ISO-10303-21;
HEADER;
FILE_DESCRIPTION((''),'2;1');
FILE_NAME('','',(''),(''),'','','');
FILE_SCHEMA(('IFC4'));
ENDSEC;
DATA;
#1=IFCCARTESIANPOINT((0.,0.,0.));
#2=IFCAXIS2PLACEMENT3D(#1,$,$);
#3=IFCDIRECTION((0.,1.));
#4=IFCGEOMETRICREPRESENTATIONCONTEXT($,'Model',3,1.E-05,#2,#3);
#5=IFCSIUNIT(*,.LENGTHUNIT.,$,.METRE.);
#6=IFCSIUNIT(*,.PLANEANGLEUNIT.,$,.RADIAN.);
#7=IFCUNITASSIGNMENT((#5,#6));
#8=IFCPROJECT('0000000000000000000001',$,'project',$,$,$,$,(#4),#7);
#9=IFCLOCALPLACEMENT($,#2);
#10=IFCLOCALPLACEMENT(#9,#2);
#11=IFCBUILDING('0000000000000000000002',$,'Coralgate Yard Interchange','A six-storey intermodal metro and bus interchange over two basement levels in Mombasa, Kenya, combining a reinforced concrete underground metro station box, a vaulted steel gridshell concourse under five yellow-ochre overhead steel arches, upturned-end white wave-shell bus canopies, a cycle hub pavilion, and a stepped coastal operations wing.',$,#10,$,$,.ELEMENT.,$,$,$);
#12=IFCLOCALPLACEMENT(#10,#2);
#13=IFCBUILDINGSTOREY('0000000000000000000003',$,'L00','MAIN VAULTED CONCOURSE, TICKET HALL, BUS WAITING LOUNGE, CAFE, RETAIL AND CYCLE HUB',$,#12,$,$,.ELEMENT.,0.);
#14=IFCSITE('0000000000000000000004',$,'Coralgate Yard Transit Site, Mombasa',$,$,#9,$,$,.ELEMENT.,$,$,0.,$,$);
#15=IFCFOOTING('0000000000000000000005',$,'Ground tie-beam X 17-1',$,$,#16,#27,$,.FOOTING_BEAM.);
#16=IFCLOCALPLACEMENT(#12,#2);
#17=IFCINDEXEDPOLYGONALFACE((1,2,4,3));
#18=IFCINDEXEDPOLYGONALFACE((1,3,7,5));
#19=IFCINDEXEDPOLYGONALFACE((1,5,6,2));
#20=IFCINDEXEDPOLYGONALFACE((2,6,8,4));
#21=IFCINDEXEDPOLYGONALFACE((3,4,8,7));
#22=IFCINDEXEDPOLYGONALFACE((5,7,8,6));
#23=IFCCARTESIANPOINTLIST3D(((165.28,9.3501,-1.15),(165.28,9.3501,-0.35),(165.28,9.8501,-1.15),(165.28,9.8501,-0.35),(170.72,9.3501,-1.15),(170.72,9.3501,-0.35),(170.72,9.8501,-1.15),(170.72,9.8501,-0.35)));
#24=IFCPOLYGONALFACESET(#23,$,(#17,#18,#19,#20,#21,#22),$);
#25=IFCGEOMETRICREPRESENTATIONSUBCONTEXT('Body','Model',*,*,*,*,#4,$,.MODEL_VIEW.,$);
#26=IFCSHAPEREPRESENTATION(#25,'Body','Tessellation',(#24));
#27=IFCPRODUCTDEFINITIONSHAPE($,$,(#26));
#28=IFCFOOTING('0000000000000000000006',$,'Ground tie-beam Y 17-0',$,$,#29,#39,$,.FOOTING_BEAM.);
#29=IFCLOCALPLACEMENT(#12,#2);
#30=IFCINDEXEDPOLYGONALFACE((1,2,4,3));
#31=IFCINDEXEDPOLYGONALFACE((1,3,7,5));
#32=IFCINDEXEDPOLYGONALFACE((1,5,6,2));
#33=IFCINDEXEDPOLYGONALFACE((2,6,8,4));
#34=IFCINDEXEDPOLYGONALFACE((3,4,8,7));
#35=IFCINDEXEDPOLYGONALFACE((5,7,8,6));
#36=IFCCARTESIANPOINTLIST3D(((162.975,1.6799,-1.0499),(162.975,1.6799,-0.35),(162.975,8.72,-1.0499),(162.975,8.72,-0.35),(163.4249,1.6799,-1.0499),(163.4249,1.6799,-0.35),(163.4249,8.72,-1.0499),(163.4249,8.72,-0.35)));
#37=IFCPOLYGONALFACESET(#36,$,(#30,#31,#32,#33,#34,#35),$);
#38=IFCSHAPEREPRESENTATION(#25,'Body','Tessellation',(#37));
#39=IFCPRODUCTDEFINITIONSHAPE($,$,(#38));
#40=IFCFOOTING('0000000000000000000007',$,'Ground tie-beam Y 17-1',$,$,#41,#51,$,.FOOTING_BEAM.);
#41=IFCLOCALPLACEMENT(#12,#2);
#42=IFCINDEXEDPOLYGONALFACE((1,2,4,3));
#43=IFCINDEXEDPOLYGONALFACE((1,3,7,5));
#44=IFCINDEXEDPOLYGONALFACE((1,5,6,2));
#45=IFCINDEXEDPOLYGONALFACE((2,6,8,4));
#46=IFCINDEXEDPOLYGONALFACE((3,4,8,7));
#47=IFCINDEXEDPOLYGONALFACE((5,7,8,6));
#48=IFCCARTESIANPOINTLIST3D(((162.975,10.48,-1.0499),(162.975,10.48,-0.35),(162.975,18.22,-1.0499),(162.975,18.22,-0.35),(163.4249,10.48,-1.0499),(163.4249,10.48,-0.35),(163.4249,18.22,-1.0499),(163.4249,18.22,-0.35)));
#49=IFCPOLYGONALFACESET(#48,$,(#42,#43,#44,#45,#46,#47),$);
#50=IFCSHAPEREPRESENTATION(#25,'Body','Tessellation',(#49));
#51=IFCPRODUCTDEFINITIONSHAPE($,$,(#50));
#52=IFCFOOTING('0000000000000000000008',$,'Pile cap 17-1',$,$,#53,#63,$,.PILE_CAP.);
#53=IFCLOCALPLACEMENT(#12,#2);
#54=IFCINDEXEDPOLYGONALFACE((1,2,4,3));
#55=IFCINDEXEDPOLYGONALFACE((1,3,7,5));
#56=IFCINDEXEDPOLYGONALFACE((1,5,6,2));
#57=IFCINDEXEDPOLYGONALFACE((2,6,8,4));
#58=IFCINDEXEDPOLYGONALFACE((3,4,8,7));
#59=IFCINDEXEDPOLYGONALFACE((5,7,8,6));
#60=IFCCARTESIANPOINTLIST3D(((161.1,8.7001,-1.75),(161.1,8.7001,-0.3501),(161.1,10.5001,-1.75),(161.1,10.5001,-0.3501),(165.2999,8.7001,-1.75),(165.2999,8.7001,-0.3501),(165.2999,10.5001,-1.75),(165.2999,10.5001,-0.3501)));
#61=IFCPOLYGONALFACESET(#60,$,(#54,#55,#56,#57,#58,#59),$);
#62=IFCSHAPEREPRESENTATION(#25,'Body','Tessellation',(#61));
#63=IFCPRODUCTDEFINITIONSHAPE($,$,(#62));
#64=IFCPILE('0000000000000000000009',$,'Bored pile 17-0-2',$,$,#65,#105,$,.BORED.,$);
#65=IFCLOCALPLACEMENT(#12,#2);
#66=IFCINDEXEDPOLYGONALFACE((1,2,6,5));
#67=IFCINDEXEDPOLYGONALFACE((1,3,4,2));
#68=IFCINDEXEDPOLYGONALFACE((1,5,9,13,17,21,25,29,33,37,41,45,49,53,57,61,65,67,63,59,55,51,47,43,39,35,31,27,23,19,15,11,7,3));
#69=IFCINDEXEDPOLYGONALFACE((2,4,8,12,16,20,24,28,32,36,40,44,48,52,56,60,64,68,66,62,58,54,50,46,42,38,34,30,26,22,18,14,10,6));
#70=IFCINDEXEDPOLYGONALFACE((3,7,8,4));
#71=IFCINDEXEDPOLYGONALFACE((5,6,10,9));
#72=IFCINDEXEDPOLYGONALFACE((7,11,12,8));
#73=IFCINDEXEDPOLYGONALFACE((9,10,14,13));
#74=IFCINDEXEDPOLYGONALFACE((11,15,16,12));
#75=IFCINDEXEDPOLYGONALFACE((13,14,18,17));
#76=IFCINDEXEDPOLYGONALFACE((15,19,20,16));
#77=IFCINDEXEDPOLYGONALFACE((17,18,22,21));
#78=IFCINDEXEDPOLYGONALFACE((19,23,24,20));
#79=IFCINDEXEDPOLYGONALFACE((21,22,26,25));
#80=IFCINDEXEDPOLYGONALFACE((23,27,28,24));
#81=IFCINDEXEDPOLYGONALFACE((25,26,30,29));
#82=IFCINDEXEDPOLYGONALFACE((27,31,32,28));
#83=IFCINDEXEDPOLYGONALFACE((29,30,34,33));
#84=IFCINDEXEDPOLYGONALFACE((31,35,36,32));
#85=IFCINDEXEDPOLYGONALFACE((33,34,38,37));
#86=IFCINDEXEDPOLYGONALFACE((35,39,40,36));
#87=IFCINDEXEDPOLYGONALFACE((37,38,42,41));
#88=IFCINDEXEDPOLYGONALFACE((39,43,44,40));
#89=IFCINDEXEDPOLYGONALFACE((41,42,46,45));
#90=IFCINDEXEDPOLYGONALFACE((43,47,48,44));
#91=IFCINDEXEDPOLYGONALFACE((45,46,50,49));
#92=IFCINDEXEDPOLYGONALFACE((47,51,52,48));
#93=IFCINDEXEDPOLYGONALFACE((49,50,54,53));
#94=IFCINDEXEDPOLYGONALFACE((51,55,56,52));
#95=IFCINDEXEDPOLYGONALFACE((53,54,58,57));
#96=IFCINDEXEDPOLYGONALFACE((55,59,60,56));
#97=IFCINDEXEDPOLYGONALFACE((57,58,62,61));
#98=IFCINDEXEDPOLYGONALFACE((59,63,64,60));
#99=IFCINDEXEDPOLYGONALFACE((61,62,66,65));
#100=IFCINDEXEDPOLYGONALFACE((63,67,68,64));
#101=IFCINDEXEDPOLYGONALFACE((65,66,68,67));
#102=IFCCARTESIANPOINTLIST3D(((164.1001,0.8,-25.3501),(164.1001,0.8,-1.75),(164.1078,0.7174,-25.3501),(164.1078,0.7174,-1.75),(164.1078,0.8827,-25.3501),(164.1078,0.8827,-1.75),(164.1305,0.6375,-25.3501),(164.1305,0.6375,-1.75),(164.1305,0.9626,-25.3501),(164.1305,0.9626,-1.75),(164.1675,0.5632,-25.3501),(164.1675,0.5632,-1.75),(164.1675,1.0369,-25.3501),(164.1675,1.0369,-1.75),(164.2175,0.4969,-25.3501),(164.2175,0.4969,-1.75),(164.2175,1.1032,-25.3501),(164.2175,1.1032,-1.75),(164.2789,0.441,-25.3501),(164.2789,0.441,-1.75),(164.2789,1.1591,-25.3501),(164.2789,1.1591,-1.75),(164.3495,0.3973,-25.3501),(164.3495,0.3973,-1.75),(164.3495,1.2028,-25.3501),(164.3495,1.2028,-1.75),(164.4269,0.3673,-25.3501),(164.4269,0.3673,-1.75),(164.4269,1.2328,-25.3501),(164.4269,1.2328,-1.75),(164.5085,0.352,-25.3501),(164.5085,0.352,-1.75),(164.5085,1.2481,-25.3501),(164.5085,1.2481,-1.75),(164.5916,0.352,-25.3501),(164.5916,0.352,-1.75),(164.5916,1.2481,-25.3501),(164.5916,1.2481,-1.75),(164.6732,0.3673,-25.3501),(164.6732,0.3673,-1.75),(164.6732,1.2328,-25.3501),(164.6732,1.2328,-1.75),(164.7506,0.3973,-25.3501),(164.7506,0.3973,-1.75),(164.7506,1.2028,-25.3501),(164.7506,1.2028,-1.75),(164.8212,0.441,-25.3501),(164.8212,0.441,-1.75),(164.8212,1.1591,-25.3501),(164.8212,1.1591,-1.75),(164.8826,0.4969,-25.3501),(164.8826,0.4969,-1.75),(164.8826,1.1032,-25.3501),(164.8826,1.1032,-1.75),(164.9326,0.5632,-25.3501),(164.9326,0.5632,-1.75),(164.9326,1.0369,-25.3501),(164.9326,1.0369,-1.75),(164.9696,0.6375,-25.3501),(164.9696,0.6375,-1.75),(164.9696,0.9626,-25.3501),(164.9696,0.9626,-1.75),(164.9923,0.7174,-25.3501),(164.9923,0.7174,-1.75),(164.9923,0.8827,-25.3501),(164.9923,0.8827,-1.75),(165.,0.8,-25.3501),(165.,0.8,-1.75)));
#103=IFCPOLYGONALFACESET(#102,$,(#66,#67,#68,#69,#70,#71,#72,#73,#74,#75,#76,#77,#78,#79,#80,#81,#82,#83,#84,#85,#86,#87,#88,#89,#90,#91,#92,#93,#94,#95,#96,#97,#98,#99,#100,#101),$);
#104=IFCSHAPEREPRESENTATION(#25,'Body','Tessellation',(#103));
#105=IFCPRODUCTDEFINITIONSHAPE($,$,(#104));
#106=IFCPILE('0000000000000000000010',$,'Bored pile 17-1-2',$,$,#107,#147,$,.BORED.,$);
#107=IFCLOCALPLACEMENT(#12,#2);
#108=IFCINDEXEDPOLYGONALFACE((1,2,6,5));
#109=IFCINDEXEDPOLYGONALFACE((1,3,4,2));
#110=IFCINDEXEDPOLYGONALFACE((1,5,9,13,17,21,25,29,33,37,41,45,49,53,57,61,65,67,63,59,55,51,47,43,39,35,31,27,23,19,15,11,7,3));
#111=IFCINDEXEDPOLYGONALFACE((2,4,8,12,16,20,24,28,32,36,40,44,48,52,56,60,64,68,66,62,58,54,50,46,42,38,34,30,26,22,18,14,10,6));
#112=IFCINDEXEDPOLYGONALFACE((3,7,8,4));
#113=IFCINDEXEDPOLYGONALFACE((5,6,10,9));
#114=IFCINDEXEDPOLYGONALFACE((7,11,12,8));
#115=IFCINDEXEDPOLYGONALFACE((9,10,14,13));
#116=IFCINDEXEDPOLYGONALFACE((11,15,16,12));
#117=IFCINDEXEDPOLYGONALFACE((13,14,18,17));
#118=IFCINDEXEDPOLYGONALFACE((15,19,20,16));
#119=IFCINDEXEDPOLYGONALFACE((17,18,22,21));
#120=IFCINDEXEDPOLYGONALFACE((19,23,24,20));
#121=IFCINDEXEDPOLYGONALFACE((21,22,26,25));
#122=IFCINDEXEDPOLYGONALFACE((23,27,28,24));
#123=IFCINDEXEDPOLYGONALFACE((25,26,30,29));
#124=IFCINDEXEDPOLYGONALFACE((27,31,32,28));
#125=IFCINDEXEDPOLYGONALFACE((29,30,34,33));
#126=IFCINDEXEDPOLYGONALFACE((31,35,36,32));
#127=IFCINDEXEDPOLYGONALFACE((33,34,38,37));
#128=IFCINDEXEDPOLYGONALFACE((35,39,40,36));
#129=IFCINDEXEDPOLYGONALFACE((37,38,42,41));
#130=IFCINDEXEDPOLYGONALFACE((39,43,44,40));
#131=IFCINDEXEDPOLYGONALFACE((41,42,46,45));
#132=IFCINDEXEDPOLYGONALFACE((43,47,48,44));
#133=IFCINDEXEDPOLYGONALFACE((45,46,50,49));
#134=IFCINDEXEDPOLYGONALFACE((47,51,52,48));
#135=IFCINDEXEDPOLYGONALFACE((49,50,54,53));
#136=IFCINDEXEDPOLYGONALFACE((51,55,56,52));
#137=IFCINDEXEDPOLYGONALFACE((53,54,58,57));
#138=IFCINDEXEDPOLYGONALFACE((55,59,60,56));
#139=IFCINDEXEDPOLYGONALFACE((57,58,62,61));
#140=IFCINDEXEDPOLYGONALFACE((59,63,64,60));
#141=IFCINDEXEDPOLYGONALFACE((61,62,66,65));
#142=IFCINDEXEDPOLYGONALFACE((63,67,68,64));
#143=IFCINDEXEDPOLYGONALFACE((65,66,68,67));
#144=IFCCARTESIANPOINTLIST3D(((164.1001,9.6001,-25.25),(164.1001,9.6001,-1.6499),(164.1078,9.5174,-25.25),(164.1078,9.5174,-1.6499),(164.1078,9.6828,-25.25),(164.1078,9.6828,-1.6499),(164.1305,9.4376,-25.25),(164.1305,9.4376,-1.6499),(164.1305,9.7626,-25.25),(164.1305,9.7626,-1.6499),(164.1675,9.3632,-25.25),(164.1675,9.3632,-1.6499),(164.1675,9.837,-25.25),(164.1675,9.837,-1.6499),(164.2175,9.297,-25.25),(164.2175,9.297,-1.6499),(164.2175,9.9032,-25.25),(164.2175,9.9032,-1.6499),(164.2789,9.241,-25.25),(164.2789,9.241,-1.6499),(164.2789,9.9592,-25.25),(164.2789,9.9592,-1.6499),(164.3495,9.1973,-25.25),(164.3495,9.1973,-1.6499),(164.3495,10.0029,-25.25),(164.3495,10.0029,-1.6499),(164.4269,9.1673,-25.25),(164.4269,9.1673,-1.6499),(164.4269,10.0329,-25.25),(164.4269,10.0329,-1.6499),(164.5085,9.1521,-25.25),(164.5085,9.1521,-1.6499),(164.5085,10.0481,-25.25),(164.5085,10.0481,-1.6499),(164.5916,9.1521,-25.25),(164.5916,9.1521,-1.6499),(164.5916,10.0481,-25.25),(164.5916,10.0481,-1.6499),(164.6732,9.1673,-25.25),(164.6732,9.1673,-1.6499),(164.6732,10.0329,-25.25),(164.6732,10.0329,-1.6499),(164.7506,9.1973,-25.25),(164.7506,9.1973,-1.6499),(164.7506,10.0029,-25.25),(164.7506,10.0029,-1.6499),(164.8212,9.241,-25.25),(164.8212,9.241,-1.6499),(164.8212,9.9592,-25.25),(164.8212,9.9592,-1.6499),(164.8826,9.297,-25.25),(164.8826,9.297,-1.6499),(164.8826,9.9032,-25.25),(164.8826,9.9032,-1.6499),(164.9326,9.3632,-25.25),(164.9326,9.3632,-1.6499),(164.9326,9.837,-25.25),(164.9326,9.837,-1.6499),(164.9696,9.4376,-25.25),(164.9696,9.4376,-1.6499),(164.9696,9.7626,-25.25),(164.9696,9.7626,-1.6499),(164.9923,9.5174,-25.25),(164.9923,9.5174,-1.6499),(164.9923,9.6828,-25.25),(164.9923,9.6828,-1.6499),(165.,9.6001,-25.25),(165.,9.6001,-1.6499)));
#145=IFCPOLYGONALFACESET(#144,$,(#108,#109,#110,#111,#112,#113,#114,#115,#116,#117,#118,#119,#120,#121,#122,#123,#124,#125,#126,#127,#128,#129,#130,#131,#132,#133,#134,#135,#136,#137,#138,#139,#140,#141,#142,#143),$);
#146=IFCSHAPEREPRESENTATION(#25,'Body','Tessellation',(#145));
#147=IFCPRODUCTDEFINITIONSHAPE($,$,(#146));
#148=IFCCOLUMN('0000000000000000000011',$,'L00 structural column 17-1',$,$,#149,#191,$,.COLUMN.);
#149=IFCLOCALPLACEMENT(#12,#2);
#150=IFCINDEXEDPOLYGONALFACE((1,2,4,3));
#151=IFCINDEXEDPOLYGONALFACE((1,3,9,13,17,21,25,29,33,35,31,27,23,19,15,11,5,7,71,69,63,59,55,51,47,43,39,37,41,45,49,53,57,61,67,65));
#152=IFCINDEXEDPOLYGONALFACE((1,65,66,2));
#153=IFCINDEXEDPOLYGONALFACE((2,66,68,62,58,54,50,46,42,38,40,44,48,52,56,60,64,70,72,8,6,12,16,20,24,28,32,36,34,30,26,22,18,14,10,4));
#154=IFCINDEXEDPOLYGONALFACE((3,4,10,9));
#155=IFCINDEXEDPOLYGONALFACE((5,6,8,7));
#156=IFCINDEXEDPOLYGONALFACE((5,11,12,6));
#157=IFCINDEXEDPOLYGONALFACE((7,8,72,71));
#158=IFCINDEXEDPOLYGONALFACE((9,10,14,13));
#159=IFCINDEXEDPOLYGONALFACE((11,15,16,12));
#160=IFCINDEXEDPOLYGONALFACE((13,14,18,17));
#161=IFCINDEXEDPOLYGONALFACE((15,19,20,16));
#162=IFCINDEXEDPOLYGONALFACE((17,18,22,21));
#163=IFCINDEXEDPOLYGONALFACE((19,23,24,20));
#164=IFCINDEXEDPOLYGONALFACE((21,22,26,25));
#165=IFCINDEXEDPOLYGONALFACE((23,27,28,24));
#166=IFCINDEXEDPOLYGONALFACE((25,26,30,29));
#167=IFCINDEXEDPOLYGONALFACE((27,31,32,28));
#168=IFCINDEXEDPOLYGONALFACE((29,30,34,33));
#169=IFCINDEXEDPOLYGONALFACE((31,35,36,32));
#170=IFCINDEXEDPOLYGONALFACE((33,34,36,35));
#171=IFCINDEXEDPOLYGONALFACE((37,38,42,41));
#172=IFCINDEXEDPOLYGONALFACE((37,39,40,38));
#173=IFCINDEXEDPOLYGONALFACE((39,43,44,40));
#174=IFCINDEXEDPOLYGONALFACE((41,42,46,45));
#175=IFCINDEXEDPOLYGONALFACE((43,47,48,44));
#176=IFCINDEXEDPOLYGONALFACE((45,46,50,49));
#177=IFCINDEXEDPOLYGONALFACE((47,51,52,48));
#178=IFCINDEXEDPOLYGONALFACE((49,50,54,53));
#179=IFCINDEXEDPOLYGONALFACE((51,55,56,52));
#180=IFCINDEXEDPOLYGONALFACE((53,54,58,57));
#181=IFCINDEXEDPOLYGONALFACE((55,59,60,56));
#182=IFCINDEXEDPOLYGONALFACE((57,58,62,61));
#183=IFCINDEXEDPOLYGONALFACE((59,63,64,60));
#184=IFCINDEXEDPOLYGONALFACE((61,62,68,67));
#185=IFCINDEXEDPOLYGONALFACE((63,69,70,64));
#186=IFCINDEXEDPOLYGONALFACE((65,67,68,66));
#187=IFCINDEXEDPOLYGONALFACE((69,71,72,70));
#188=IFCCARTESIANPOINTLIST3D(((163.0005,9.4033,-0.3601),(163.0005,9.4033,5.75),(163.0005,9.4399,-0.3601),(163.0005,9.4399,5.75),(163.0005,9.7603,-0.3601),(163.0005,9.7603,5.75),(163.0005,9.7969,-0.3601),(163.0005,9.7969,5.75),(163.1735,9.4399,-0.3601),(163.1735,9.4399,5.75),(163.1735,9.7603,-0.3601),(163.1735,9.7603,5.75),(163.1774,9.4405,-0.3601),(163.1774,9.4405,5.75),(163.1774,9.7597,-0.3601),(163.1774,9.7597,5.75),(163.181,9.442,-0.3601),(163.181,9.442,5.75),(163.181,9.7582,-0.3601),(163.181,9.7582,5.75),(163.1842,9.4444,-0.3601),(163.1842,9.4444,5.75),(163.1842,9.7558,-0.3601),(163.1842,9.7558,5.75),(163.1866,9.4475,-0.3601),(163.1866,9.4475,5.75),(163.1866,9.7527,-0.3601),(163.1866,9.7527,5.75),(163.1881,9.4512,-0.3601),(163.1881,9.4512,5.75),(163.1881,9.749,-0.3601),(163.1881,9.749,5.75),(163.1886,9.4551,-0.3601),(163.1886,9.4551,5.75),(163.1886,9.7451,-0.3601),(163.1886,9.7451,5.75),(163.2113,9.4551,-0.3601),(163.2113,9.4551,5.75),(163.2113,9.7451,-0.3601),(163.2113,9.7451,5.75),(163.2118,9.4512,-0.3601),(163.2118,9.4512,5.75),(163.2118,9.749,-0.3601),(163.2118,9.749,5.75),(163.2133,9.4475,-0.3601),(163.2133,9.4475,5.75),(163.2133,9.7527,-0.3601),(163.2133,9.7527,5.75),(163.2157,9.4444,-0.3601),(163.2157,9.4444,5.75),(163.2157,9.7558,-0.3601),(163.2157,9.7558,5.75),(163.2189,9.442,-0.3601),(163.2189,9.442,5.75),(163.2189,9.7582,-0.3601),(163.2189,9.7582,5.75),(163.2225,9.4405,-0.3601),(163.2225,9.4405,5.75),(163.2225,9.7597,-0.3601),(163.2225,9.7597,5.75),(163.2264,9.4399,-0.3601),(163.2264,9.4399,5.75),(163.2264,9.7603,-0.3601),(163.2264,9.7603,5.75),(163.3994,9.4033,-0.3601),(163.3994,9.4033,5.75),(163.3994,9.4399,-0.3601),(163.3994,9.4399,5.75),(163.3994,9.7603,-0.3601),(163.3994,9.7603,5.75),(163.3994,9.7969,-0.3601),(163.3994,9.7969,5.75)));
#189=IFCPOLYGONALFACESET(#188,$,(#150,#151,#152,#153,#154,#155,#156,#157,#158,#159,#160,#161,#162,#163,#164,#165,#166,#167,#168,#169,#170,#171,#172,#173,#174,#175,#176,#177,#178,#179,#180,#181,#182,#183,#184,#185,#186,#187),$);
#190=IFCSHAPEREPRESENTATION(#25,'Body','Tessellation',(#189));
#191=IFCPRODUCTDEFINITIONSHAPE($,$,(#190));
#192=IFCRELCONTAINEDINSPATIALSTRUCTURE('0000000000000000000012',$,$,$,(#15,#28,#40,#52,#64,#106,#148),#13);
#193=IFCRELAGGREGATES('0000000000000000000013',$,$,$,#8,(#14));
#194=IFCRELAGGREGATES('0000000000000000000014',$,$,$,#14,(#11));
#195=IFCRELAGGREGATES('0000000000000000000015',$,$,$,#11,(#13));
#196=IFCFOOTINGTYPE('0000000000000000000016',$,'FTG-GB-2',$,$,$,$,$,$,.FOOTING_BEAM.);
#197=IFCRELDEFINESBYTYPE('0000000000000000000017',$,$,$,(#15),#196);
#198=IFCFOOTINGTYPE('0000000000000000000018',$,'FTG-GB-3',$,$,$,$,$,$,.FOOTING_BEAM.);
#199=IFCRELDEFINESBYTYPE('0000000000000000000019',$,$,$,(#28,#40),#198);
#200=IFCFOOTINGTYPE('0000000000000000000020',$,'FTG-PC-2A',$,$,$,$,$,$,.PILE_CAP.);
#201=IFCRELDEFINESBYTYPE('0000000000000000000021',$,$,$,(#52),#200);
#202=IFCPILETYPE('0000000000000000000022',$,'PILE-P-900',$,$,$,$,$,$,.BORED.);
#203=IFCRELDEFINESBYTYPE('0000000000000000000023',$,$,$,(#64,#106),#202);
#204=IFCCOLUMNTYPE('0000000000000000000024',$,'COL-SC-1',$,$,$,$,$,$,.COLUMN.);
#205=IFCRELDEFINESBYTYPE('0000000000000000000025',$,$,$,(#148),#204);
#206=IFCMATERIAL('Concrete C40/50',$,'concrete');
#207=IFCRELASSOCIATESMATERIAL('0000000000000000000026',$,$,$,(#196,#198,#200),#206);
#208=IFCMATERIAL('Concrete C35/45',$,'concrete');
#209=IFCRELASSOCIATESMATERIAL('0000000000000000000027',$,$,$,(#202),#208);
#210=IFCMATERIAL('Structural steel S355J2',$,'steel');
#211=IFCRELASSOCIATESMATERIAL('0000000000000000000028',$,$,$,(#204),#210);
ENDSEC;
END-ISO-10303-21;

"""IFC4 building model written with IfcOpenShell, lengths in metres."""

from ifc_helpers import new_model, si_unit, direction, frame, origin, origin_2d, place, context, subcontext, project, spatial, rectangle, circle, i_section, extrude, material, material_profile, profile_set, type_object, element, save


model = new_model("IFC4")

# Units and contexts
model_context = context("Model", 3, precision=1e-05, world=origin(), true_north=direction((0.0, 1.0)))
body_context = subcontext(model_context, "Body", "Model", "MODEL_VIEW")
ifc_project = project(units=[si_unit("LENGTHUNIT", "METRE"), si_unit("PLANEANGLEUNIT", "RADIAN")], contexts=[model_context])

# Site, building, storey
site_placement = place(None, origin())
site = spatial("IfcSite", under=ifc_project, at=site_placement, Name="Coralgate Yard Transit Site, Mombasa", CompositionType="ELEMENT", RefElevation=0.0)
building_placement = place(site_placement, origin())
building = spatial("IfcBuilding", under=site, at=building_placement, Name="Coralgate Yard Interchange", Description="A six-storey intermodal metro and bus interchange over two basement levels in Mombasa, Kenya, combining a reinforced concrete underground metro station box, a vaulted steel gridshell concourse under five yellow-ochre overhead steel arches, upturned-end white wave-shell bus canopies, a cycle hub pavilion, and a stepped coastal operations wing.", CompositionType="ELEMENT")
storey_placement = place(building_placement, origin())
storey = spatial("IfcBuildingStorey", under=building, at=storey_placement, Name="L00", Description="MAIN VAULTED CONCOURSE, TICKET HALL, BUS WAITING LOUNGE, CAFE, RETAIL AND CYCLE HUB", CompositionType="ELEMENT", Elevation=0.0)

# Footings
ifc_material_1 = material(Name="Concrete C40/50", Category="concrete")
ifc_material_profile_1 = material_profile(ifc_material_1, rectangle(XDim=0.5, YDim=0.8, at=origin_2d()), Name="RC 500x800")
ifc_profile_set_1 = profile_set([ifc_material_profile_1], Name="Concrete C40/50")
footing_type_1 = type_object("IfcFootingType", Name="FTG-GB-2", PredefinedType="FOOTING_BEAM", material=ifc_profile_set_1)
footing_1_placement = place(storey_placement, frame((165.28, 9.6001, -0.75), z_axis=(1.0, 0.0, 0.0), x_axis=(0.0, 1.0, 0.0)))
element("IfcFooting", 1, at=footing_1_placement, inside=storey, type_object=footing_type_1, Name="Ground tie-beam X 17-1", PredefinedType="FOOTING_BEAM", context=body_context, shape_type="SweptSolid", body=[
    extrude(rectangle(XDim=0.5, YDim=0.8, at=origin_2d()), origin(), (0.0, 0.0, 1.0), 5.4399),
])
ifc_material_profile_2 = material_profile(ifc_material_1, rectangle(XDim=0.45, YDim=0.7, at=origin_2d()), Name="RC 450x700")
ifc_profile_set_2 = profile_set([ifc_material_profile_2], Name="Concrete C40/50")
footing_type_2 = type_object("IfcFootingType", Name="FTG-GB-3", PredefinedType="FOOTING_BEAM", material=ifc_profile_set_2)
footing_2_placement = place(storey_placement, frame((163.2, 1.6799, -0.7), z_axis=(0.0, 1.0, 0.0), x_axis=(-1.0, 0.0, 0.0)))
element("IfcFooting", 2, at=footing_2_placement, inside=storey, type_object=footing_type_2, Name="Ground tie-beam Y 17-0", PredefinedType="FOOTING_BEAM", context=body_context, shape_type="SweptSolid", body=[
    extrude(rectangle(XDim=0.45, YDim=0.7, at=origin_2d()), origin(), (0.0, 0.0, 1.0), 7.04),
])
footing_3_placement = place(storey_placement, frame((163.2, 10.48, -0.7), z_axis=(0.0, 1.0, 0.0), x_axis=(-1.0, 0.0, 0.0)))
element("IfcFooting", 3, at=footing_3_placement, inside=storey, type_object=footing_type_2, Name="Ground tie-beam Y 17-1", PredefinedType="FOOTING_BEAM", context=body_context, shape_type="SweptSolid", body=[
    extrude(rectangle(XDim=0.45, YDim=0.7, at=origin_2d()), origin(), (0.0, 0.0, 1.0), 7.74),
])
footing_type_3 = type_object("IfcFootingType", Name="FTG-PC-2A", PredefinedType="PILE_CAP", material=ifc_material_1)
footing_4_placement = place(storey_placement, frame((163.2, 9.6001, -1.75), z_axis=(0.0, 0.0, 1.0), x_axis=(1.0, 0.0, 0.0)))
element("IfcFooting", 4, at=footing_4_placement, inside=storey, type_object=footing_type_3, Name="Pile cap 17-1", PredefinedType="PILE_CAP", context=body_context, shape_type="SweptSolid", body=[
    extrude(rectangle(XDim=4.2, YDim=1.8, at=origin_2d()), origin(), (0.0, 0.0, 1.0), 1.3999),
])

# Piles
ifc_material_2 = material(Name="Concrete C35/45", Category="concrete")
ifc_material_profile_3 = material_profile(ifc_material_2, circle(Radius=0.45, at=origin_2d()), Name="BORED PILE D900")
ifc_profile_set_3 = profile_set([ifc_material_profile_3], Name="Concrete C35/45")
pile_type = type_object("IfcPileType", Name="PILE-P-900", PredefinedType="BORED", material=ifc_profile_set_3)
for number, where, z_axis, x_axis, name in (
    (5, (164.55, 0.8, -1.75), (0.0, 0.0, -1.0), (1.0, 0.0, 0.0), "Bored pile 17-0-2"),
    (6, (164.55, 9.6001, -1.6499), (0.0, 0.0, -1.0), (1.0, 0.0, 0.0), "Bored pile 17-1-2"),
):
    element("IfcPile", number, at=place(storey_placement, frame(where, z_axis=z_axis, x_axis=x_axis)), inside=storey, type_object=pile_type, Name=name, PredefinedType="BORED", context=body_context, shape_type="SweptSolid", body=[
        extrude(circle(Radius=0.45, at=origin_2d()), origin(), (0.0, 0.0, 1.0), 23.6001),
    ])

# Column
ifc_material_3 = material(Name="Structural steel S355J2", Category="steel")
ifc_material_profile_4 = material_profile(ifc_material_3, i_section(OverallWidth=0.3989, OverallDepth=0.3936, WebThickness=0.0227, FlangeThickness=0.0366, FilletRadius=0.0151, at=origin_2d()), Name="UC 356x406x287")
ifc_profile_set_4 = profile_set([ifc_material_profile_4], Name="Structural steel S355J2")
column_type = type_object("IfcColumnType", Name="COL-SC-1", PredefinedType="COLUMN", material=ifc_profile_set_4)
column_placement = place(storey_placement, frame((163.2, 9.6001, -0.3601), z_axis=(0.0, 0.0, 1.0), x_axis=(1.0, 0.0, 0.0)))
element("IfcColumn", 7, at=column_placement, inside=storey, type_object=column_type, Name="L00 structural column 17-1", PredefinedType="COLUMN", context=body_context, shape_type="SweptSolid", body=[
    extrude(i_section(OverallWidth=0.3989, OverallDepth=0.3936, WebThickness=0.0227, FlangeThickness=0.0366, FilletRadius=0.0151, at=origin_2d()), origin(), (0.0, 0.0, 1.0), 6.1101),
])

save(model, "model.ifc")
